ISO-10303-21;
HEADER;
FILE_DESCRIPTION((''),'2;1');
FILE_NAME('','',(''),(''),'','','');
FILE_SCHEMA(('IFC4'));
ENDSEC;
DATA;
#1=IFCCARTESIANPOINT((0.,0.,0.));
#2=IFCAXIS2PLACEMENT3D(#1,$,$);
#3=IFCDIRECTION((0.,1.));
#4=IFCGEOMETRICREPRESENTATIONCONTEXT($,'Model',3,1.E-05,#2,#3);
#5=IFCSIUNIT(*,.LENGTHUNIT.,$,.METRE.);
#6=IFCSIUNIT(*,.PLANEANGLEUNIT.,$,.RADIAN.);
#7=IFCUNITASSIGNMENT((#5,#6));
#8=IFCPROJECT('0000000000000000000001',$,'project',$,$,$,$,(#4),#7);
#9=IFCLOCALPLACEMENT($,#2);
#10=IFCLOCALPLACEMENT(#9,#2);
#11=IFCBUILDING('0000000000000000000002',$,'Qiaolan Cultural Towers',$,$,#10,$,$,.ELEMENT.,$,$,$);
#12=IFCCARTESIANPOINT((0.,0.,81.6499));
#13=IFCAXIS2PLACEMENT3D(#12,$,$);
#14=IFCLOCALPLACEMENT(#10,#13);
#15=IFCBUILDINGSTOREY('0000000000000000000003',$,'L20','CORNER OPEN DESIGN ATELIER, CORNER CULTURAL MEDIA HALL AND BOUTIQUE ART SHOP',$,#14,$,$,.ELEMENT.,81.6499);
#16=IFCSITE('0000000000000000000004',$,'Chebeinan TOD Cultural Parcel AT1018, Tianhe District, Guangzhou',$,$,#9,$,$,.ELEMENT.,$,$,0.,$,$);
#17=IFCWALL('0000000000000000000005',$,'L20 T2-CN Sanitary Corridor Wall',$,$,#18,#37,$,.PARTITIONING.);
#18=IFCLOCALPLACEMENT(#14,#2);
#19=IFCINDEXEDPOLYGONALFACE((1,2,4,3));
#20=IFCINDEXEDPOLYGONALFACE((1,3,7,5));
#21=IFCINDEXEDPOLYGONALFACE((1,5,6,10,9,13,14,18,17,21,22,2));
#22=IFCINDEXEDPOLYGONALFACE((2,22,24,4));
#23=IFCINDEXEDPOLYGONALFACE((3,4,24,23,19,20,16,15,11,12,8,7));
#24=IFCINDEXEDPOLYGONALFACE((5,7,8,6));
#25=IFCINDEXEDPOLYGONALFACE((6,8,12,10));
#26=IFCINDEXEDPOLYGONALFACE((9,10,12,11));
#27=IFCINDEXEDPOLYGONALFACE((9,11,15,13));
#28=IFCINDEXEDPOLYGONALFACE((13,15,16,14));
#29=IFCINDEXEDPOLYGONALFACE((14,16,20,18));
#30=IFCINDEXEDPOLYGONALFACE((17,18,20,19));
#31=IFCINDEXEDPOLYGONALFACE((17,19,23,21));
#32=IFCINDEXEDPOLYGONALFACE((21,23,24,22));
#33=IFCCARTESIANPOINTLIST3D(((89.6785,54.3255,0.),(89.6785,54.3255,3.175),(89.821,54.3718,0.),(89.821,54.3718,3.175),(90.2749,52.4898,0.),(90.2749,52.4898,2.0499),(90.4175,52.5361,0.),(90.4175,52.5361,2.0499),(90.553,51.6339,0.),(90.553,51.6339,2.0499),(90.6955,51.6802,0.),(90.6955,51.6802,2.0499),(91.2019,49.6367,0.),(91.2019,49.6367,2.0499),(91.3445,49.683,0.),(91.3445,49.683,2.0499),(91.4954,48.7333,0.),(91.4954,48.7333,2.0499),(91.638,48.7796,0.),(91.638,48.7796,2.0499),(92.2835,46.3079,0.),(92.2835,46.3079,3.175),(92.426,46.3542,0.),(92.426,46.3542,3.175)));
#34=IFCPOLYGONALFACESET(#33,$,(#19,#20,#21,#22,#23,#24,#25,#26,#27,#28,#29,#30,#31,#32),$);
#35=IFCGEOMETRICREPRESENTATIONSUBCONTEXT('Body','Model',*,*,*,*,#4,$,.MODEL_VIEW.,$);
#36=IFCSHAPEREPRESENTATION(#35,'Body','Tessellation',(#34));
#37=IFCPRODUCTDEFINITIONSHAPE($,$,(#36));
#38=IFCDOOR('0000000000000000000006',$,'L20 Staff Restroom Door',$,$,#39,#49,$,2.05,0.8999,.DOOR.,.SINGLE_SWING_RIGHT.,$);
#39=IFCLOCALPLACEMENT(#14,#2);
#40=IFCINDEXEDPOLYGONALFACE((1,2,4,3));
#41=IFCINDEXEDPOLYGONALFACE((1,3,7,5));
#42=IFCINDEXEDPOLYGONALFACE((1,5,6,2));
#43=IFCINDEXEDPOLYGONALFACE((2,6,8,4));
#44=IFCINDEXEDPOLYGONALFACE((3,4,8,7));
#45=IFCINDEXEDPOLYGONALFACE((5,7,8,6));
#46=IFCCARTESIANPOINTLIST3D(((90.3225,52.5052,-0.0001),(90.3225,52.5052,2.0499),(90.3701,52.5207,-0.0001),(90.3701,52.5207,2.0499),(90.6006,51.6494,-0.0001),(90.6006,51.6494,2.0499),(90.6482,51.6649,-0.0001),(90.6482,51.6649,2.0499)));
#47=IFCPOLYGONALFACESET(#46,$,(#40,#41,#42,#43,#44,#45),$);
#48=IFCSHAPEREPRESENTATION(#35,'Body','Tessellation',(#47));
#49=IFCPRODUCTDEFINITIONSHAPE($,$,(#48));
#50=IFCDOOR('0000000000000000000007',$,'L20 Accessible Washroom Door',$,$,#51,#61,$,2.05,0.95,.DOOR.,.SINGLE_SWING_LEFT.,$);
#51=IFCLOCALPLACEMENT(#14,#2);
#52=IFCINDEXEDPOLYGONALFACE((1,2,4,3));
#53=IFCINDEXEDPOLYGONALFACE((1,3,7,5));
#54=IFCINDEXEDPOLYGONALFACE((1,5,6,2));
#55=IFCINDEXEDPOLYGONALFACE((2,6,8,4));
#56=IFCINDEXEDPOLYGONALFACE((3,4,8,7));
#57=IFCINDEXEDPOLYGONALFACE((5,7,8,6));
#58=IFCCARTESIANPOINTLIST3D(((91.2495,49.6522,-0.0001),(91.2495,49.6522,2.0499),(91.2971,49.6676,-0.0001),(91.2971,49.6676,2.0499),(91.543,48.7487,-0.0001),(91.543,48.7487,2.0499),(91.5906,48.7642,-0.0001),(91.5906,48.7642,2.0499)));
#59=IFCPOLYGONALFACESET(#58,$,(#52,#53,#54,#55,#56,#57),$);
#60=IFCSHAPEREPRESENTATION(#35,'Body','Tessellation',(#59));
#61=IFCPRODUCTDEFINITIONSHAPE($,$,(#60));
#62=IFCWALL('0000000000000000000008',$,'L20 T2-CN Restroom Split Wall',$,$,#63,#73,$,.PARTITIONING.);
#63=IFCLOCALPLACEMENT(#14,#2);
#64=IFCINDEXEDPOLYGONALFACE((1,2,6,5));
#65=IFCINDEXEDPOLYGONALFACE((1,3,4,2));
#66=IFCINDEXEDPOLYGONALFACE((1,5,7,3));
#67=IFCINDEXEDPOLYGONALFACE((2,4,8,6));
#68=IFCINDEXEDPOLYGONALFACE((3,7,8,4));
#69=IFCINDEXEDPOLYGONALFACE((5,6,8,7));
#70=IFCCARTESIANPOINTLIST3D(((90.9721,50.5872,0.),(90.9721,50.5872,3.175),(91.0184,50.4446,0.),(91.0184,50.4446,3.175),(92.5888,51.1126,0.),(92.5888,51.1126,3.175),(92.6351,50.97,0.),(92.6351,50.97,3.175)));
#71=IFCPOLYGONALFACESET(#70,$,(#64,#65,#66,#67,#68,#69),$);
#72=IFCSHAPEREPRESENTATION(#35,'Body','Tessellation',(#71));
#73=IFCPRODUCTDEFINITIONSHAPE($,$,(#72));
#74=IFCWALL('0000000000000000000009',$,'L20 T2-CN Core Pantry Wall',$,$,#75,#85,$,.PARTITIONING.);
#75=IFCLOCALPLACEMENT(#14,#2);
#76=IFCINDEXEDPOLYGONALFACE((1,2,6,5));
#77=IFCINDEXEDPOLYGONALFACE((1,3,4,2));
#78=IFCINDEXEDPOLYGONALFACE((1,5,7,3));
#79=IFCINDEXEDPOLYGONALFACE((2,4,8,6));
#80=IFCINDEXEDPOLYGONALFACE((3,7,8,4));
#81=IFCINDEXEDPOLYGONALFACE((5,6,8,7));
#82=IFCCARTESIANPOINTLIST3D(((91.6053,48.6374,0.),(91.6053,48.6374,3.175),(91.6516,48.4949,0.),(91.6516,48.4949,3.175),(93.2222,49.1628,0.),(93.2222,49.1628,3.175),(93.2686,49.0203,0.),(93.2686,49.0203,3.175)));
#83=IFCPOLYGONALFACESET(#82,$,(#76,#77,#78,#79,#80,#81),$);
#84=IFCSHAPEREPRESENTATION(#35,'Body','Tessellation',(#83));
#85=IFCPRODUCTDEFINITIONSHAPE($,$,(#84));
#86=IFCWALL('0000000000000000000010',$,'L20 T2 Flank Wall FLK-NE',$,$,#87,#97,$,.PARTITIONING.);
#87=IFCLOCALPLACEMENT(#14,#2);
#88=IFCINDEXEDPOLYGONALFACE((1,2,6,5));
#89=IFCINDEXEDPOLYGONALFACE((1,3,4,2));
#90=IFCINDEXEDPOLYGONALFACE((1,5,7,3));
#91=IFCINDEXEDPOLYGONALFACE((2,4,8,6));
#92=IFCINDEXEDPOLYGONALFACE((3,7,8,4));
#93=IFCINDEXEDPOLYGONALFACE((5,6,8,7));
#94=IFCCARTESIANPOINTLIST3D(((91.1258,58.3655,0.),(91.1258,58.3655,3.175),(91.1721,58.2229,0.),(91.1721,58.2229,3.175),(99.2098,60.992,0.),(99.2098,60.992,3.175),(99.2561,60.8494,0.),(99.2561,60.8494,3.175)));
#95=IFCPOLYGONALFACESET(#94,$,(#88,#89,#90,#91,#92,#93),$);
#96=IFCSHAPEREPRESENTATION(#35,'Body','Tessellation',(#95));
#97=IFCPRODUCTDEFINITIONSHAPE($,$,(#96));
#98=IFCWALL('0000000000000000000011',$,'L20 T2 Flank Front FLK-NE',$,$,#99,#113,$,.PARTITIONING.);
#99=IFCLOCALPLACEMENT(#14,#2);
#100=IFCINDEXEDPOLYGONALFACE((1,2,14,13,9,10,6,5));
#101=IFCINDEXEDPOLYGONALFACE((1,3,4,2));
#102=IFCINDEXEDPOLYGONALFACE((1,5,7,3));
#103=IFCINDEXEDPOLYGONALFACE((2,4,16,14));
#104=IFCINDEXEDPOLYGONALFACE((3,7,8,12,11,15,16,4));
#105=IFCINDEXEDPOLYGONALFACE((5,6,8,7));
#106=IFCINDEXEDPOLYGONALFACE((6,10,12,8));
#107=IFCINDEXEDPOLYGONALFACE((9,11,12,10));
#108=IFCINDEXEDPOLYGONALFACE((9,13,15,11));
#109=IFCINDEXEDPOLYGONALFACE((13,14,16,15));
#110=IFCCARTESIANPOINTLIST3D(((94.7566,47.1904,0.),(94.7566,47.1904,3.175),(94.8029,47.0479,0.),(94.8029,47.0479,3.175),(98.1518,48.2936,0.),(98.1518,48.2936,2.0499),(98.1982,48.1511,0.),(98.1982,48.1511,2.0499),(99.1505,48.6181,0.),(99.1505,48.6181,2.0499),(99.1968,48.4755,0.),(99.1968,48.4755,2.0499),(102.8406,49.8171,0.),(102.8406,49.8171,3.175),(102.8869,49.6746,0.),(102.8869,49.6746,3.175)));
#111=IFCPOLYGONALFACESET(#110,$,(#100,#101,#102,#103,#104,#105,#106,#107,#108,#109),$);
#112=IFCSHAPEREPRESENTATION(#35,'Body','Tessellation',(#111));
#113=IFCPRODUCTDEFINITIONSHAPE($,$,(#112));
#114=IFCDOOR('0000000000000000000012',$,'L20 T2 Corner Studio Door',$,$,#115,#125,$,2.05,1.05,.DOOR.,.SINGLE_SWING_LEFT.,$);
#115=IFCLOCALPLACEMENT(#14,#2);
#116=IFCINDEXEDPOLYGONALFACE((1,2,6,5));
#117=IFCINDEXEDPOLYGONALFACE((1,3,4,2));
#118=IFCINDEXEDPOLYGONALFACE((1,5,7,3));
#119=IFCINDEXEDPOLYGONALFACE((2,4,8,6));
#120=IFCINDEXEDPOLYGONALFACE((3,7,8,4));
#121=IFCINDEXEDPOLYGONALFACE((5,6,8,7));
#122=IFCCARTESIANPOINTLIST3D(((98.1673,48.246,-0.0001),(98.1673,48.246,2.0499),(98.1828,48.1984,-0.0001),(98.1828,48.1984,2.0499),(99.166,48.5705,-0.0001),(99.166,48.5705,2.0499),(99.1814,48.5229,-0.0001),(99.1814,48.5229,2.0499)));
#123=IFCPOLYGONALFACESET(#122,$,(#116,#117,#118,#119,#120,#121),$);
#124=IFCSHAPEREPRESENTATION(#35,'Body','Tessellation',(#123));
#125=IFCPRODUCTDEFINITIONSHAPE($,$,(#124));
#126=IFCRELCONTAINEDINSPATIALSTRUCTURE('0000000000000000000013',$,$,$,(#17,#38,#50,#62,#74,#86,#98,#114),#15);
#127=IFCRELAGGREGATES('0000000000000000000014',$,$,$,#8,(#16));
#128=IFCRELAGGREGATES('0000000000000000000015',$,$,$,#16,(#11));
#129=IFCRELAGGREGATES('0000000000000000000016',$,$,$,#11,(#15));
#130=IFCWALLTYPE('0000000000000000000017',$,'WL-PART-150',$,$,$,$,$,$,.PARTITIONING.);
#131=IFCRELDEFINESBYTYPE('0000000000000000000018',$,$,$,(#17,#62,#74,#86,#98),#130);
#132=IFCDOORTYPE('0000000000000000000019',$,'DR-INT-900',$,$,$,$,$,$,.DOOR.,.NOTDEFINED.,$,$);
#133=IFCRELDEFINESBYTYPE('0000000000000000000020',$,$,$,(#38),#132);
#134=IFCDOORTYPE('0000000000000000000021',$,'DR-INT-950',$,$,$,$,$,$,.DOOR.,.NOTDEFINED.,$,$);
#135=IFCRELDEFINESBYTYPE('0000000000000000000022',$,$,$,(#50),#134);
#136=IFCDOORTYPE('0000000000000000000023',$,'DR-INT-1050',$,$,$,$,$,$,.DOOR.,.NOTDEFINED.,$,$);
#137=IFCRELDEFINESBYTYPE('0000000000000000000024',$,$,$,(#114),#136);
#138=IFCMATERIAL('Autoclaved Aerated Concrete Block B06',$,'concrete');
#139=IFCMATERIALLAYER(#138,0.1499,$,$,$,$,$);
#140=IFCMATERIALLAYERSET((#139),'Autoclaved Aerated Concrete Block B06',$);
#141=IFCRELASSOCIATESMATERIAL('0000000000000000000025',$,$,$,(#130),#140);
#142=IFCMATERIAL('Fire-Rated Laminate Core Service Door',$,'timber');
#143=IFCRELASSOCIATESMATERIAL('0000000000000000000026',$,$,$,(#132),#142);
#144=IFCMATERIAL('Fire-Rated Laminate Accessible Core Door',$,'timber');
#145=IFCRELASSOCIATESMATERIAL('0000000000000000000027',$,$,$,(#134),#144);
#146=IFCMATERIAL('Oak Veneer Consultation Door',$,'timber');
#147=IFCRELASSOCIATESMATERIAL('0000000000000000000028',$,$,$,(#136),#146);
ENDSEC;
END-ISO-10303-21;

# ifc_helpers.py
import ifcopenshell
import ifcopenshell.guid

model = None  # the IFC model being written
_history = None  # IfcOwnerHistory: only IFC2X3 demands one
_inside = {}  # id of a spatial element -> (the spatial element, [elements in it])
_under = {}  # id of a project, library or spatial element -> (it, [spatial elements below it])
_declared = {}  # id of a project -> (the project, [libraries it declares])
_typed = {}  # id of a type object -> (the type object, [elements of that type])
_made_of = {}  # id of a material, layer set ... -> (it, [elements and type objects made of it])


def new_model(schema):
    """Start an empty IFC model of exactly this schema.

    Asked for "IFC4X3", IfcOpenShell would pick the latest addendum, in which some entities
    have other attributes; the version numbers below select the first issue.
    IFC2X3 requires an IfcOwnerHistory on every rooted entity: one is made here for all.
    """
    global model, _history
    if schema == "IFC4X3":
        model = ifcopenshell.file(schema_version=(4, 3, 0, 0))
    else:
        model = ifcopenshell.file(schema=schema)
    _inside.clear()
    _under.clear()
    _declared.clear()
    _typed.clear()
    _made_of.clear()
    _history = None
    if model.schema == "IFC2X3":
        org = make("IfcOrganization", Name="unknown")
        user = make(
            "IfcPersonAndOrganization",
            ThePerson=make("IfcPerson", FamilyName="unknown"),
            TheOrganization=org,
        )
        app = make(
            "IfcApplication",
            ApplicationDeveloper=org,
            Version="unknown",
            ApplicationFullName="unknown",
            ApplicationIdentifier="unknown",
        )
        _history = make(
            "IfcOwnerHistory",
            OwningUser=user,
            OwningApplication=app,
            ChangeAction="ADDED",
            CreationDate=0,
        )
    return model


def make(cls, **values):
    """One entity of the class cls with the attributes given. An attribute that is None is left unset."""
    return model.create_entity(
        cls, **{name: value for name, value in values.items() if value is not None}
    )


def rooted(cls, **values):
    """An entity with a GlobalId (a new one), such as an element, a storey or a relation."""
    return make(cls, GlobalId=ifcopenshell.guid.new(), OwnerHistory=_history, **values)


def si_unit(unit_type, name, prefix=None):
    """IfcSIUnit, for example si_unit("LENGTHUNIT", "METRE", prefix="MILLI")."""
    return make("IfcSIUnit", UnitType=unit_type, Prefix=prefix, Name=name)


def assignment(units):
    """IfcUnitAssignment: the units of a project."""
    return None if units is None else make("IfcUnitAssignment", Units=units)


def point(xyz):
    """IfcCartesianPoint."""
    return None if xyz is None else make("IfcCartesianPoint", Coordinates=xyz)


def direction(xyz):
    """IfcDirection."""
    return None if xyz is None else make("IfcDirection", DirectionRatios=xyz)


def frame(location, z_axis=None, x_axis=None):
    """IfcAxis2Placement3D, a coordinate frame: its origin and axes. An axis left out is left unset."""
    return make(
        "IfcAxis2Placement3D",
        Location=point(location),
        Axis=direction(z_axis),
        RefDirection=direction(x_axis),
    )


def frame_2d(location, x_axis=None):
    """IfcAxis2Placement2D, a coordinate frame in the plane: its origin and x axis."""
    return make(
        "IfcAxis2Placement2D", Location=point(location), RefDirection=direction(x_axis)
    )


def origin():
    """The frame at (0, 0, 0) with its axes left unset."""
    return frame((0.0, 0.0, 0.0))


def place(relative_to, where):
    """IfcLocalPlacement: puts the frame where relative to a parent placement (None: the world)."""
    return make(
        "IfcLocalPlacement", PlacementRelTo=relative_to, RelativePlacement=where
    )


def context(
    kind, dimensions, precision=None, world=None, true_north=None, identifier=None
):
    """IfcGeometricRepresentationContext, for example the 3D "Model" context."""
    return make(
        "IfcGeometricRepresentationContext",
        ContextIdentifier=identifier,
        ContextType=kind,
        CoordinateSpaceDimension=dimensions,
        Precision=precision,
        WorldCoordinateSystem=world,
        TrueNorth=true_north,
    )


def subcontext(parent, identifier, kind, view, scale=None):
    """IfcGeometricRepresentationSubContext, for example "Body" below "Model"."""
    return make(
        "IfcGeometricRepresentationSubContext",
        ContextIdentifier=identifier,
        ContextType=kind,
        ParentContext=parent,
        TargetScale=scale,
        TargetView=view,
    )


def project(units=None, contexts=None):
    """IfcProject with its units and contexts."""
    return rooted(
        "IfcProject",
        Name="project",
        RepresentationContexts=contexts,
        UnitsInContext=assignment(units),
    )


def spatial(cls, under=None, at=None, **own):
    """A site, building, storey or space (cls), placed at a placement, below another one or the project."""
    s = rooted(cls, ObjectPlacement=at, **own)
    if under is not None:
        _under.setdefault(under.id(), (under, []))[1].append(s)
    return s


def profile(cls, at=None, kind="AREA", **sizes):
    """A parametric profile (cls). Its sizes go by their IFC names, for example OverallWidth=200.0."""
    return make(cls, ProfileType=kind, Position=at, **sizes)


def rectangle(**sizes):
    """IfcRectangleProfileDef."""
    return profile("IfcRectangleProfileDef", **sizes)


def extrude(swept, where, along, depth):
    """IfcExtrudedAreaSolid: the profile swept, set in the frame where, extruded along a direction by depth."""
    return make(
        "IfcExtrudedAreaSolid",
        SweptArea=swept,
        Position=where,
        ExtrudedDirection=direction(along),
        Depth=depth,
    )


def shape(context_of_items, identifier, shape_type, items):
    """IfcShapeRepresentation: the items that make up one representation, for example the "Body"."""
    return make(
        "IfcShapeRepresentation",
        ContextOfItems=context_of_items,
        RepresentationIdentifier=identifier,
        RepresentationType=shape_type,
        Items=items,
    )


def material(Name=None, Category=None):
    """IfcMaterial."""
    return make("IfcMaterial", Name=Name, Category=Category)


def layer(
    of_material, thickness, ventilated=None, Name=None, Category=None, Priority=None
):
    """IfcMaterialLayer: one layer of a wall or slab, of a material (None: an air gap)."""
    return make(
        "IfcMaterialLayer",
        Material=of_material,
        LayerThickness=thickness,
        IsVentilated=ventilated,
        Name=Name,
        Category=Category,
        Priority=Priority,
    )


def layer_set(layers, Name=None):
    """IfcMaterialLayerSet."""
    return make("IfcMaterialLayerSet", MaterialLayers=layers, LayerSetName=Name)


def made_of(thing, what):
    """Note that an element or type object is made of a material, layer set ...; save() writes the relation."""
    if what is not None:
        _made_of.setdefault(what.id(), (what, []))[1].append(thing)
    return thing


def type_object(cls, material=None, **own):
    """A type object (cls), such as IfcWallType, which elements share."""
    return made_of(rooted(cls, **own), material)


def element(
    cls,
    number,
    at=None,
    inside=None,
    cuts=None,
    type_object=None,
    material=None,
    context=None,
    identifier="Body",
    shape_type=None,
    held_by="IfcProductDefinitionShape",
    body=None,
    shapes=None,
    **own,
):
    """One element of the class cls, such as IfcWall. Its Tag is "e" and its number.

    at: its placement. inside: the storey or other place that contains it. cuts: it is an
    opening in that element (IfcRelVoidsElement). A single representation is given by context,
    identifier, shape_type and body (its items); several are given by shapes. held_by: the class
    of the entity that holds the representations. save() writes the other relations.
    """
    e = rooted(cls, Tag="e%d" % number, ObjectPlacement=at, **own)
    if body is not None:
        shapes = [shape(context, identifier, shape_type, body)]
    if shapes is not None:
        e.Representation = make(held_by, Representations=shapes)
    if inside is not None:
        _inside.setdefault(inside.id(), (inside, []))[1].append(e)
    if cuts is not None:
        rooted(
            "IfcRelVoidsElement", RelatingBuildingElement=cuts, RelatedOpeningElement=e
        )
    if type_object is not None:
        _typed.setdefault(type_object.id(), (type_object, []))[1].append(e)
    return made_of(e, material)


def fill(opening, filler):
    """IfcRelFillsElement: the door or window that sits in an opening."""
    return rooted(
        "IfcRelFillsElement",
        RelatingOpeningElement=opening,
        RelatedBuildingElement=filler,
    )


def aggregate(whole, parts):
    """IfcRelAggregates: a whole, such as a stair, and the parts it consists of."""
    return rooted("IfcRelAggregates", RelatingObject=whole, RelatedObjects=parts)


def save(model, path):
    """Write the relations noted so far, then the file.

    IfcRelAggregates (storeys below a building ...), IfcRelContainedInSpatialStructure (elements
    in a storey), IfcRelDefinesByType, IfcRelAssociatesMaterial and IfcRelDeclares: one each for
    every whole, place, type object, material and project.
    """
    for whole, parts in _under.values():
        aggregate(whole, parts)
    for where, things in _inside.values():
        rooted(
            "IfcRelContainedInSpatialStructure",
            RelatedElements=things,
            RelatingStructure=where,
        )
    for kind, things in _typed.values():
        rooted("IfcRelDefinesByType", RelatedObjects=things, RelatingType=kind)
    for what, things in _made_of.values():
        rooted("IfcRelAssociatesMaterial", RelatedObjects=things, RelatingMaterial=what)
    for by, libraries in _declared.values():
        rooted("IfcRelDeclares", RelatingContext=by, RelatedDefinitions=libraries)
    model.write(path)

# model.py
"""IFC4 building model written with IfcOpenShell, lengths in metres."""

from ifc_helpers import new_model, si_unit, direction, frame, frame_2d, origin, place, context, subcontext, project, spatial, rectangle, extrude, material, layer, layer_set, type_object, element, fill, save


model = new_model("IFC4")

# Units and contexts
model_context = context("Model", 3, precision=1e-05, world=origin(), true_north=direction((0.0, 1.0)))
body_context = subcontext(model_context, "Body", "Model", "MODEL_VIEW")
ifc_project = project(units=[si_unit("LENGTHUNIT", "METRE"), si_unit("PLANEANGLEUNIT", "RADIAN")], contexts=[model_context])

# Site, building, storey
site_placement = place(None, origin())
site = spatial("IfcSite", under=ifc_project, at=site_placement, Name="Chebeinan TOD Cultural Parcel AT1018, Tianhe District, Guangzhou", CompositionType="ELEMENT", RefElevation=0.0)
building_placement = place(site_placement, origin())
building = spatial("IfcBuilding", under=site, at=building_placement, Name="Qiaolan Cultural Towers", CompositionType="ELEMENT")
storey_placement = place(building_placement, frame((0.0, 0.0, 81.6499)))
storey = spatial("IfcBuildingStorey", under=building, at=storey_placement, Name="L20", Description="CORNER OPEN DESIGN ATELIER, CORNER CULTURAL MEDIA HALL AND BOUTIQUE ART SHOP", CompositionType="ELEMENT", Elevation=81.6499)

# Wall, openings, doors
ifc_material_1 = material(Name="Autoclaved Aerated Concrete Block B06", Category="concrete")
ifc_layer_1 = layer(ifc_material_1, 0.1499)
ifc_layer_set_1 = layer_set([ifc_layer_1], Name="Autoclaved Aerated Concrete Block B06")
wall_type_1 = type_object("IfcWallType", Name="WL-PART-150", PredefinedType="PARTITIONING", material=ifc_layer_set_1)
ifc_material_2 = material(Name="Fire-Rated Laminate Core Service Door", Category="timber")
door_type_1 = type_object("IfcDoorType", Name="DR-INT-900", OperationType="NOTDEFINED", PredefinedType="DOOR", material=ifc_material_2)
ifc_material_3 = material(Name="Fire-Rated Laminate Accessible Core Door", Category="timber")
door_type_2 = type_object("IfcDoorType", Name="DR-INT-950", OperationType="NOTDEFINED", PredefinedType="DOOR", material=ifc_material_3)
wall_1_placement = place(storey_placement, frame((92.3547, 46.3311, 0.0), z_axis=(0.0, 0.0, 1.0), x_axis=(-0.309007, 0.95106, 0.0)))
wall_1 = element("IfcWall", 1, at=wall_1_placement, inside=storey, type_object=wall_type_1, Name="L20 T2-CN Sanitary Corridor Wall", PredefinedType="PARTITIONING", context=body_context, shape_type="SweptSolid", body=[
    extrude(rectangle(XDim=8.4302, YDim=0.1499, at=frame_2d((4.2151, 0.0))), origin(), (0.0, 0.0, 1.0), 3.175),
])
opening_1_placement = place(wall_1_placement, frame((2.55, 0.0, 0.0)))
opening_1 = element("IfcOpeningElement", 2, at=opening_1_placement, cuts=wall_1, PredefinedType="OPENING", context=body_context, shape_type="SweptSolid", body=[
    extrude(rectangle(XDim=0.95, YDim=2.05, at=frame_2d((0.4751, 1.0249))), frame((0.0, 0.085, 0.0), z_axis=(0.0, -1.0, 0.0), x_axis=(1.0, 0.0, 0.0)), (0.0, 0.0, 1.0), 0.1699),
])
opening_2_placement = place(wall_1_placement, frame((5.6001, 0.0, 0.0)))
opening_2 = element("IfcOpeningElement", 3, at=opening_2_placement, cuts=wall_1, PredefinedType="OPENING", context=body_context, shape_type="SweptSolid", body=[
    extrude(rectangle(XDim=0.8999, YDim=2.05, at=frame_2d((0.45, 1.0249))), frame((0.0, 0.085, 0.0), z_axis=(0.0, -1.0, 0.0), x_axis=(1.0, 0.0, 0.0)), (0.0, 0.0, 1.0), 0.1699),
])
door_1_placement = place(opening_2_placement, origin())
door_1 = element("IfcDoor", 4, at=door_1_placement, inside=storey, type_object=door_type_1, Name="L20 Staff Restroom Door", OperationType="SINGLE_SWING_RIGHT", OverallHeight=2.05, OverallWidth=0.8999, PredefinedType="DOOR", context=body_context, shape_type="SweptSolid", body=[
    extrude(rectangle(XDim=0.8999, YDim=2.05, at=frame_2d((0.45, 1.0249))), frame((0.0, 0.0249, 0.0), z_axis=(0.0, -1.0, 0.0), x_axis=(1.0, 0.0, 0.0)), (0.0, 0.0, 1.0), 0.05),
])
fill(opening_2, door_1)
door_2_placement = place(opening_1_placement, origin())
door_2 = element("IfcDoor", 5, at=door_2_placement, inside=storey, type_object=door_type_2, Name="L20 Accessible Washroom Door", OperationType="SINGLE_SWING_LEFT", OverallHeight=2.05, OverallWidth=0.95, PredefinedType="DOOR", context=body_context, shape_type="SweptSolid", body=[
    extrude(rectangle(XDim=0.95, YDim=2.05, at=frame_2d((0.4751, 1.0249))), frame((0.0, 0.0249, 0.0), z_axis=(0.0, -1.0, 0.0), x_axis=(1.0, 0.0, 0.0)), (0.0, 0.0, 1.0), 0.05),
])
fill(opening_1, door_2)

# Walls
wall_2_placement = place(storey_placement, frame((90.9951, 50.5159, 0.0), z_axis=(0.0, 0.0, 1.0), x_axis=(0.95104, 0.309067, 0.0)))
element("IfcWall", 6, at=wall_2_placement, inside=storey, type_object=wall_type_1, Name="L20 T2-CN Restroom Split Wall", PredefinedType="PARTITIONING", context=body_context, shape_type="SweptSolid", body=[
    extrude(rectangle(XDim=1.7, YDim=0.1499, at=frame_2d((0.8501, 0.0))), origin(), (0.0, 0.0, 1.0), 3.175),
])
wall_3_placement = place(storey_placement, frame((91.6284, 48.5662, 0.0), z_axis=(0.0, 0.0, 1.0), x_axis=(0.951054, 0.309024, 0.0)))
element("IfcWall", 7, at=wall_3_placement, inside=storey, type_object=wall_type_1, Name="L20 T2-CN Core Pantry Wall", PredefinedType="PARTITIONING", context=body_context, shape_type="SweptSolid", body=[
    extrude(rectangle(XDim=1.7002, YDim=0.1499, at=frame_2d((0.8501, 0.0))), origin(), (0.0, 0.0, 1.0), 3.175),
])
wall_4_placement = place(storey_placement, frame((91.1489, 58.2942, 0.0), z_axis=(0.0, 0.0, 1.0), x_axis=(0.951063, 0.308998, 0.0)))
element("IfcWall", 8, at=wall_4_placement, inside=storey, type_object=wall_type_1, Name="L20 T2 Flank Wall FLK-NE", PredefinedType="PARTITIONING", context=body_context, shape_type="SweptSolid", body=[
    extrude(rectangle(XDim=8.5, YDim=0.1499, at=frame_2d((4.25, 0.0))), origin(), (0.0, 0.0, 1.0), 3.175),
])

# Wall, opening, door
wall_5_placement = place(storey_placement, frame((94.7798, 47.1191, 0.0), z_axis=(0.0, 0.0, 1.0), x_axis=(0.951054, 0.309024, 0.0)))
wall_5 = element("IfcWall", 9, at=wall_5_placement, inside=storey, type_object=wall_type_1, Name="L20 T2 Flank Front FLK-NE", PredefinedType="PARTITIONING", context=body_context, shape_type="SweptSolid", body=[
    extrude(rectangle(XDim=8.5, YDim=0.1499, at=frame_2d((4.25, 0.0))), origin(), (0.0, 0.0, 1.0), 3.175),
])
opening_3_placement = place(wall_5_placement, frame((3.5701, 0.0, 0.0)))
opening_3 = element("IfcOpeningElement", 10, at=opening_3_placement, cuts=wall_5, PredefinedType="OPENING", context=body_context, shape_type="SweptSolid", body=[
    extrude(rectangle(XDim=1.05, YDim=2.05, at=frame_2d((0.5249, 1.0249))), frame((0.0, 0.085, 0.0), z_axis=(0.0, -1.0, 0.0), x_axis=(1.0, 0.0, 0.0)), (0.0, 0.0, 1.0), 0.1699),
])
ifc_material_4 = material(Name="Oak Veneer Consultation Door", Category="timber")
door_type_3 = type_object("IfcDoorType", Name="DR-INT-1050", OperationType="NOTDEFINED", PredefinedType="DOOR", material=ifc_material_4)
door_3_placement = place(opening_3_placement, origin())
door_3 = element("IfcDoor", 11, at=door_3_placement, inside=storey, type_object=door_type_3, Name="L20 T2 Corner Studio Door", OperationType="SINGLE_SWING_LEFT", OverallHeight=2.05, OverallWidth=1.05, PredefinedType="DOOR", context=body_context, shape_type="SweptSolid", body=[
    extrude(rectangle(XDim=1.05, YDim=2.05, at=frame_2d((0.5249, 1.0249))), frame((0.0, 0.0249, 0.0), z_axis=(0.0, -1.0, 0.0), x_axis=(1.0, 0.0, 0.0)), (0.0, 0.0, 1.0), 0.05),
])
fill(opening_3, door_3)

save(model, "model.ifc")
